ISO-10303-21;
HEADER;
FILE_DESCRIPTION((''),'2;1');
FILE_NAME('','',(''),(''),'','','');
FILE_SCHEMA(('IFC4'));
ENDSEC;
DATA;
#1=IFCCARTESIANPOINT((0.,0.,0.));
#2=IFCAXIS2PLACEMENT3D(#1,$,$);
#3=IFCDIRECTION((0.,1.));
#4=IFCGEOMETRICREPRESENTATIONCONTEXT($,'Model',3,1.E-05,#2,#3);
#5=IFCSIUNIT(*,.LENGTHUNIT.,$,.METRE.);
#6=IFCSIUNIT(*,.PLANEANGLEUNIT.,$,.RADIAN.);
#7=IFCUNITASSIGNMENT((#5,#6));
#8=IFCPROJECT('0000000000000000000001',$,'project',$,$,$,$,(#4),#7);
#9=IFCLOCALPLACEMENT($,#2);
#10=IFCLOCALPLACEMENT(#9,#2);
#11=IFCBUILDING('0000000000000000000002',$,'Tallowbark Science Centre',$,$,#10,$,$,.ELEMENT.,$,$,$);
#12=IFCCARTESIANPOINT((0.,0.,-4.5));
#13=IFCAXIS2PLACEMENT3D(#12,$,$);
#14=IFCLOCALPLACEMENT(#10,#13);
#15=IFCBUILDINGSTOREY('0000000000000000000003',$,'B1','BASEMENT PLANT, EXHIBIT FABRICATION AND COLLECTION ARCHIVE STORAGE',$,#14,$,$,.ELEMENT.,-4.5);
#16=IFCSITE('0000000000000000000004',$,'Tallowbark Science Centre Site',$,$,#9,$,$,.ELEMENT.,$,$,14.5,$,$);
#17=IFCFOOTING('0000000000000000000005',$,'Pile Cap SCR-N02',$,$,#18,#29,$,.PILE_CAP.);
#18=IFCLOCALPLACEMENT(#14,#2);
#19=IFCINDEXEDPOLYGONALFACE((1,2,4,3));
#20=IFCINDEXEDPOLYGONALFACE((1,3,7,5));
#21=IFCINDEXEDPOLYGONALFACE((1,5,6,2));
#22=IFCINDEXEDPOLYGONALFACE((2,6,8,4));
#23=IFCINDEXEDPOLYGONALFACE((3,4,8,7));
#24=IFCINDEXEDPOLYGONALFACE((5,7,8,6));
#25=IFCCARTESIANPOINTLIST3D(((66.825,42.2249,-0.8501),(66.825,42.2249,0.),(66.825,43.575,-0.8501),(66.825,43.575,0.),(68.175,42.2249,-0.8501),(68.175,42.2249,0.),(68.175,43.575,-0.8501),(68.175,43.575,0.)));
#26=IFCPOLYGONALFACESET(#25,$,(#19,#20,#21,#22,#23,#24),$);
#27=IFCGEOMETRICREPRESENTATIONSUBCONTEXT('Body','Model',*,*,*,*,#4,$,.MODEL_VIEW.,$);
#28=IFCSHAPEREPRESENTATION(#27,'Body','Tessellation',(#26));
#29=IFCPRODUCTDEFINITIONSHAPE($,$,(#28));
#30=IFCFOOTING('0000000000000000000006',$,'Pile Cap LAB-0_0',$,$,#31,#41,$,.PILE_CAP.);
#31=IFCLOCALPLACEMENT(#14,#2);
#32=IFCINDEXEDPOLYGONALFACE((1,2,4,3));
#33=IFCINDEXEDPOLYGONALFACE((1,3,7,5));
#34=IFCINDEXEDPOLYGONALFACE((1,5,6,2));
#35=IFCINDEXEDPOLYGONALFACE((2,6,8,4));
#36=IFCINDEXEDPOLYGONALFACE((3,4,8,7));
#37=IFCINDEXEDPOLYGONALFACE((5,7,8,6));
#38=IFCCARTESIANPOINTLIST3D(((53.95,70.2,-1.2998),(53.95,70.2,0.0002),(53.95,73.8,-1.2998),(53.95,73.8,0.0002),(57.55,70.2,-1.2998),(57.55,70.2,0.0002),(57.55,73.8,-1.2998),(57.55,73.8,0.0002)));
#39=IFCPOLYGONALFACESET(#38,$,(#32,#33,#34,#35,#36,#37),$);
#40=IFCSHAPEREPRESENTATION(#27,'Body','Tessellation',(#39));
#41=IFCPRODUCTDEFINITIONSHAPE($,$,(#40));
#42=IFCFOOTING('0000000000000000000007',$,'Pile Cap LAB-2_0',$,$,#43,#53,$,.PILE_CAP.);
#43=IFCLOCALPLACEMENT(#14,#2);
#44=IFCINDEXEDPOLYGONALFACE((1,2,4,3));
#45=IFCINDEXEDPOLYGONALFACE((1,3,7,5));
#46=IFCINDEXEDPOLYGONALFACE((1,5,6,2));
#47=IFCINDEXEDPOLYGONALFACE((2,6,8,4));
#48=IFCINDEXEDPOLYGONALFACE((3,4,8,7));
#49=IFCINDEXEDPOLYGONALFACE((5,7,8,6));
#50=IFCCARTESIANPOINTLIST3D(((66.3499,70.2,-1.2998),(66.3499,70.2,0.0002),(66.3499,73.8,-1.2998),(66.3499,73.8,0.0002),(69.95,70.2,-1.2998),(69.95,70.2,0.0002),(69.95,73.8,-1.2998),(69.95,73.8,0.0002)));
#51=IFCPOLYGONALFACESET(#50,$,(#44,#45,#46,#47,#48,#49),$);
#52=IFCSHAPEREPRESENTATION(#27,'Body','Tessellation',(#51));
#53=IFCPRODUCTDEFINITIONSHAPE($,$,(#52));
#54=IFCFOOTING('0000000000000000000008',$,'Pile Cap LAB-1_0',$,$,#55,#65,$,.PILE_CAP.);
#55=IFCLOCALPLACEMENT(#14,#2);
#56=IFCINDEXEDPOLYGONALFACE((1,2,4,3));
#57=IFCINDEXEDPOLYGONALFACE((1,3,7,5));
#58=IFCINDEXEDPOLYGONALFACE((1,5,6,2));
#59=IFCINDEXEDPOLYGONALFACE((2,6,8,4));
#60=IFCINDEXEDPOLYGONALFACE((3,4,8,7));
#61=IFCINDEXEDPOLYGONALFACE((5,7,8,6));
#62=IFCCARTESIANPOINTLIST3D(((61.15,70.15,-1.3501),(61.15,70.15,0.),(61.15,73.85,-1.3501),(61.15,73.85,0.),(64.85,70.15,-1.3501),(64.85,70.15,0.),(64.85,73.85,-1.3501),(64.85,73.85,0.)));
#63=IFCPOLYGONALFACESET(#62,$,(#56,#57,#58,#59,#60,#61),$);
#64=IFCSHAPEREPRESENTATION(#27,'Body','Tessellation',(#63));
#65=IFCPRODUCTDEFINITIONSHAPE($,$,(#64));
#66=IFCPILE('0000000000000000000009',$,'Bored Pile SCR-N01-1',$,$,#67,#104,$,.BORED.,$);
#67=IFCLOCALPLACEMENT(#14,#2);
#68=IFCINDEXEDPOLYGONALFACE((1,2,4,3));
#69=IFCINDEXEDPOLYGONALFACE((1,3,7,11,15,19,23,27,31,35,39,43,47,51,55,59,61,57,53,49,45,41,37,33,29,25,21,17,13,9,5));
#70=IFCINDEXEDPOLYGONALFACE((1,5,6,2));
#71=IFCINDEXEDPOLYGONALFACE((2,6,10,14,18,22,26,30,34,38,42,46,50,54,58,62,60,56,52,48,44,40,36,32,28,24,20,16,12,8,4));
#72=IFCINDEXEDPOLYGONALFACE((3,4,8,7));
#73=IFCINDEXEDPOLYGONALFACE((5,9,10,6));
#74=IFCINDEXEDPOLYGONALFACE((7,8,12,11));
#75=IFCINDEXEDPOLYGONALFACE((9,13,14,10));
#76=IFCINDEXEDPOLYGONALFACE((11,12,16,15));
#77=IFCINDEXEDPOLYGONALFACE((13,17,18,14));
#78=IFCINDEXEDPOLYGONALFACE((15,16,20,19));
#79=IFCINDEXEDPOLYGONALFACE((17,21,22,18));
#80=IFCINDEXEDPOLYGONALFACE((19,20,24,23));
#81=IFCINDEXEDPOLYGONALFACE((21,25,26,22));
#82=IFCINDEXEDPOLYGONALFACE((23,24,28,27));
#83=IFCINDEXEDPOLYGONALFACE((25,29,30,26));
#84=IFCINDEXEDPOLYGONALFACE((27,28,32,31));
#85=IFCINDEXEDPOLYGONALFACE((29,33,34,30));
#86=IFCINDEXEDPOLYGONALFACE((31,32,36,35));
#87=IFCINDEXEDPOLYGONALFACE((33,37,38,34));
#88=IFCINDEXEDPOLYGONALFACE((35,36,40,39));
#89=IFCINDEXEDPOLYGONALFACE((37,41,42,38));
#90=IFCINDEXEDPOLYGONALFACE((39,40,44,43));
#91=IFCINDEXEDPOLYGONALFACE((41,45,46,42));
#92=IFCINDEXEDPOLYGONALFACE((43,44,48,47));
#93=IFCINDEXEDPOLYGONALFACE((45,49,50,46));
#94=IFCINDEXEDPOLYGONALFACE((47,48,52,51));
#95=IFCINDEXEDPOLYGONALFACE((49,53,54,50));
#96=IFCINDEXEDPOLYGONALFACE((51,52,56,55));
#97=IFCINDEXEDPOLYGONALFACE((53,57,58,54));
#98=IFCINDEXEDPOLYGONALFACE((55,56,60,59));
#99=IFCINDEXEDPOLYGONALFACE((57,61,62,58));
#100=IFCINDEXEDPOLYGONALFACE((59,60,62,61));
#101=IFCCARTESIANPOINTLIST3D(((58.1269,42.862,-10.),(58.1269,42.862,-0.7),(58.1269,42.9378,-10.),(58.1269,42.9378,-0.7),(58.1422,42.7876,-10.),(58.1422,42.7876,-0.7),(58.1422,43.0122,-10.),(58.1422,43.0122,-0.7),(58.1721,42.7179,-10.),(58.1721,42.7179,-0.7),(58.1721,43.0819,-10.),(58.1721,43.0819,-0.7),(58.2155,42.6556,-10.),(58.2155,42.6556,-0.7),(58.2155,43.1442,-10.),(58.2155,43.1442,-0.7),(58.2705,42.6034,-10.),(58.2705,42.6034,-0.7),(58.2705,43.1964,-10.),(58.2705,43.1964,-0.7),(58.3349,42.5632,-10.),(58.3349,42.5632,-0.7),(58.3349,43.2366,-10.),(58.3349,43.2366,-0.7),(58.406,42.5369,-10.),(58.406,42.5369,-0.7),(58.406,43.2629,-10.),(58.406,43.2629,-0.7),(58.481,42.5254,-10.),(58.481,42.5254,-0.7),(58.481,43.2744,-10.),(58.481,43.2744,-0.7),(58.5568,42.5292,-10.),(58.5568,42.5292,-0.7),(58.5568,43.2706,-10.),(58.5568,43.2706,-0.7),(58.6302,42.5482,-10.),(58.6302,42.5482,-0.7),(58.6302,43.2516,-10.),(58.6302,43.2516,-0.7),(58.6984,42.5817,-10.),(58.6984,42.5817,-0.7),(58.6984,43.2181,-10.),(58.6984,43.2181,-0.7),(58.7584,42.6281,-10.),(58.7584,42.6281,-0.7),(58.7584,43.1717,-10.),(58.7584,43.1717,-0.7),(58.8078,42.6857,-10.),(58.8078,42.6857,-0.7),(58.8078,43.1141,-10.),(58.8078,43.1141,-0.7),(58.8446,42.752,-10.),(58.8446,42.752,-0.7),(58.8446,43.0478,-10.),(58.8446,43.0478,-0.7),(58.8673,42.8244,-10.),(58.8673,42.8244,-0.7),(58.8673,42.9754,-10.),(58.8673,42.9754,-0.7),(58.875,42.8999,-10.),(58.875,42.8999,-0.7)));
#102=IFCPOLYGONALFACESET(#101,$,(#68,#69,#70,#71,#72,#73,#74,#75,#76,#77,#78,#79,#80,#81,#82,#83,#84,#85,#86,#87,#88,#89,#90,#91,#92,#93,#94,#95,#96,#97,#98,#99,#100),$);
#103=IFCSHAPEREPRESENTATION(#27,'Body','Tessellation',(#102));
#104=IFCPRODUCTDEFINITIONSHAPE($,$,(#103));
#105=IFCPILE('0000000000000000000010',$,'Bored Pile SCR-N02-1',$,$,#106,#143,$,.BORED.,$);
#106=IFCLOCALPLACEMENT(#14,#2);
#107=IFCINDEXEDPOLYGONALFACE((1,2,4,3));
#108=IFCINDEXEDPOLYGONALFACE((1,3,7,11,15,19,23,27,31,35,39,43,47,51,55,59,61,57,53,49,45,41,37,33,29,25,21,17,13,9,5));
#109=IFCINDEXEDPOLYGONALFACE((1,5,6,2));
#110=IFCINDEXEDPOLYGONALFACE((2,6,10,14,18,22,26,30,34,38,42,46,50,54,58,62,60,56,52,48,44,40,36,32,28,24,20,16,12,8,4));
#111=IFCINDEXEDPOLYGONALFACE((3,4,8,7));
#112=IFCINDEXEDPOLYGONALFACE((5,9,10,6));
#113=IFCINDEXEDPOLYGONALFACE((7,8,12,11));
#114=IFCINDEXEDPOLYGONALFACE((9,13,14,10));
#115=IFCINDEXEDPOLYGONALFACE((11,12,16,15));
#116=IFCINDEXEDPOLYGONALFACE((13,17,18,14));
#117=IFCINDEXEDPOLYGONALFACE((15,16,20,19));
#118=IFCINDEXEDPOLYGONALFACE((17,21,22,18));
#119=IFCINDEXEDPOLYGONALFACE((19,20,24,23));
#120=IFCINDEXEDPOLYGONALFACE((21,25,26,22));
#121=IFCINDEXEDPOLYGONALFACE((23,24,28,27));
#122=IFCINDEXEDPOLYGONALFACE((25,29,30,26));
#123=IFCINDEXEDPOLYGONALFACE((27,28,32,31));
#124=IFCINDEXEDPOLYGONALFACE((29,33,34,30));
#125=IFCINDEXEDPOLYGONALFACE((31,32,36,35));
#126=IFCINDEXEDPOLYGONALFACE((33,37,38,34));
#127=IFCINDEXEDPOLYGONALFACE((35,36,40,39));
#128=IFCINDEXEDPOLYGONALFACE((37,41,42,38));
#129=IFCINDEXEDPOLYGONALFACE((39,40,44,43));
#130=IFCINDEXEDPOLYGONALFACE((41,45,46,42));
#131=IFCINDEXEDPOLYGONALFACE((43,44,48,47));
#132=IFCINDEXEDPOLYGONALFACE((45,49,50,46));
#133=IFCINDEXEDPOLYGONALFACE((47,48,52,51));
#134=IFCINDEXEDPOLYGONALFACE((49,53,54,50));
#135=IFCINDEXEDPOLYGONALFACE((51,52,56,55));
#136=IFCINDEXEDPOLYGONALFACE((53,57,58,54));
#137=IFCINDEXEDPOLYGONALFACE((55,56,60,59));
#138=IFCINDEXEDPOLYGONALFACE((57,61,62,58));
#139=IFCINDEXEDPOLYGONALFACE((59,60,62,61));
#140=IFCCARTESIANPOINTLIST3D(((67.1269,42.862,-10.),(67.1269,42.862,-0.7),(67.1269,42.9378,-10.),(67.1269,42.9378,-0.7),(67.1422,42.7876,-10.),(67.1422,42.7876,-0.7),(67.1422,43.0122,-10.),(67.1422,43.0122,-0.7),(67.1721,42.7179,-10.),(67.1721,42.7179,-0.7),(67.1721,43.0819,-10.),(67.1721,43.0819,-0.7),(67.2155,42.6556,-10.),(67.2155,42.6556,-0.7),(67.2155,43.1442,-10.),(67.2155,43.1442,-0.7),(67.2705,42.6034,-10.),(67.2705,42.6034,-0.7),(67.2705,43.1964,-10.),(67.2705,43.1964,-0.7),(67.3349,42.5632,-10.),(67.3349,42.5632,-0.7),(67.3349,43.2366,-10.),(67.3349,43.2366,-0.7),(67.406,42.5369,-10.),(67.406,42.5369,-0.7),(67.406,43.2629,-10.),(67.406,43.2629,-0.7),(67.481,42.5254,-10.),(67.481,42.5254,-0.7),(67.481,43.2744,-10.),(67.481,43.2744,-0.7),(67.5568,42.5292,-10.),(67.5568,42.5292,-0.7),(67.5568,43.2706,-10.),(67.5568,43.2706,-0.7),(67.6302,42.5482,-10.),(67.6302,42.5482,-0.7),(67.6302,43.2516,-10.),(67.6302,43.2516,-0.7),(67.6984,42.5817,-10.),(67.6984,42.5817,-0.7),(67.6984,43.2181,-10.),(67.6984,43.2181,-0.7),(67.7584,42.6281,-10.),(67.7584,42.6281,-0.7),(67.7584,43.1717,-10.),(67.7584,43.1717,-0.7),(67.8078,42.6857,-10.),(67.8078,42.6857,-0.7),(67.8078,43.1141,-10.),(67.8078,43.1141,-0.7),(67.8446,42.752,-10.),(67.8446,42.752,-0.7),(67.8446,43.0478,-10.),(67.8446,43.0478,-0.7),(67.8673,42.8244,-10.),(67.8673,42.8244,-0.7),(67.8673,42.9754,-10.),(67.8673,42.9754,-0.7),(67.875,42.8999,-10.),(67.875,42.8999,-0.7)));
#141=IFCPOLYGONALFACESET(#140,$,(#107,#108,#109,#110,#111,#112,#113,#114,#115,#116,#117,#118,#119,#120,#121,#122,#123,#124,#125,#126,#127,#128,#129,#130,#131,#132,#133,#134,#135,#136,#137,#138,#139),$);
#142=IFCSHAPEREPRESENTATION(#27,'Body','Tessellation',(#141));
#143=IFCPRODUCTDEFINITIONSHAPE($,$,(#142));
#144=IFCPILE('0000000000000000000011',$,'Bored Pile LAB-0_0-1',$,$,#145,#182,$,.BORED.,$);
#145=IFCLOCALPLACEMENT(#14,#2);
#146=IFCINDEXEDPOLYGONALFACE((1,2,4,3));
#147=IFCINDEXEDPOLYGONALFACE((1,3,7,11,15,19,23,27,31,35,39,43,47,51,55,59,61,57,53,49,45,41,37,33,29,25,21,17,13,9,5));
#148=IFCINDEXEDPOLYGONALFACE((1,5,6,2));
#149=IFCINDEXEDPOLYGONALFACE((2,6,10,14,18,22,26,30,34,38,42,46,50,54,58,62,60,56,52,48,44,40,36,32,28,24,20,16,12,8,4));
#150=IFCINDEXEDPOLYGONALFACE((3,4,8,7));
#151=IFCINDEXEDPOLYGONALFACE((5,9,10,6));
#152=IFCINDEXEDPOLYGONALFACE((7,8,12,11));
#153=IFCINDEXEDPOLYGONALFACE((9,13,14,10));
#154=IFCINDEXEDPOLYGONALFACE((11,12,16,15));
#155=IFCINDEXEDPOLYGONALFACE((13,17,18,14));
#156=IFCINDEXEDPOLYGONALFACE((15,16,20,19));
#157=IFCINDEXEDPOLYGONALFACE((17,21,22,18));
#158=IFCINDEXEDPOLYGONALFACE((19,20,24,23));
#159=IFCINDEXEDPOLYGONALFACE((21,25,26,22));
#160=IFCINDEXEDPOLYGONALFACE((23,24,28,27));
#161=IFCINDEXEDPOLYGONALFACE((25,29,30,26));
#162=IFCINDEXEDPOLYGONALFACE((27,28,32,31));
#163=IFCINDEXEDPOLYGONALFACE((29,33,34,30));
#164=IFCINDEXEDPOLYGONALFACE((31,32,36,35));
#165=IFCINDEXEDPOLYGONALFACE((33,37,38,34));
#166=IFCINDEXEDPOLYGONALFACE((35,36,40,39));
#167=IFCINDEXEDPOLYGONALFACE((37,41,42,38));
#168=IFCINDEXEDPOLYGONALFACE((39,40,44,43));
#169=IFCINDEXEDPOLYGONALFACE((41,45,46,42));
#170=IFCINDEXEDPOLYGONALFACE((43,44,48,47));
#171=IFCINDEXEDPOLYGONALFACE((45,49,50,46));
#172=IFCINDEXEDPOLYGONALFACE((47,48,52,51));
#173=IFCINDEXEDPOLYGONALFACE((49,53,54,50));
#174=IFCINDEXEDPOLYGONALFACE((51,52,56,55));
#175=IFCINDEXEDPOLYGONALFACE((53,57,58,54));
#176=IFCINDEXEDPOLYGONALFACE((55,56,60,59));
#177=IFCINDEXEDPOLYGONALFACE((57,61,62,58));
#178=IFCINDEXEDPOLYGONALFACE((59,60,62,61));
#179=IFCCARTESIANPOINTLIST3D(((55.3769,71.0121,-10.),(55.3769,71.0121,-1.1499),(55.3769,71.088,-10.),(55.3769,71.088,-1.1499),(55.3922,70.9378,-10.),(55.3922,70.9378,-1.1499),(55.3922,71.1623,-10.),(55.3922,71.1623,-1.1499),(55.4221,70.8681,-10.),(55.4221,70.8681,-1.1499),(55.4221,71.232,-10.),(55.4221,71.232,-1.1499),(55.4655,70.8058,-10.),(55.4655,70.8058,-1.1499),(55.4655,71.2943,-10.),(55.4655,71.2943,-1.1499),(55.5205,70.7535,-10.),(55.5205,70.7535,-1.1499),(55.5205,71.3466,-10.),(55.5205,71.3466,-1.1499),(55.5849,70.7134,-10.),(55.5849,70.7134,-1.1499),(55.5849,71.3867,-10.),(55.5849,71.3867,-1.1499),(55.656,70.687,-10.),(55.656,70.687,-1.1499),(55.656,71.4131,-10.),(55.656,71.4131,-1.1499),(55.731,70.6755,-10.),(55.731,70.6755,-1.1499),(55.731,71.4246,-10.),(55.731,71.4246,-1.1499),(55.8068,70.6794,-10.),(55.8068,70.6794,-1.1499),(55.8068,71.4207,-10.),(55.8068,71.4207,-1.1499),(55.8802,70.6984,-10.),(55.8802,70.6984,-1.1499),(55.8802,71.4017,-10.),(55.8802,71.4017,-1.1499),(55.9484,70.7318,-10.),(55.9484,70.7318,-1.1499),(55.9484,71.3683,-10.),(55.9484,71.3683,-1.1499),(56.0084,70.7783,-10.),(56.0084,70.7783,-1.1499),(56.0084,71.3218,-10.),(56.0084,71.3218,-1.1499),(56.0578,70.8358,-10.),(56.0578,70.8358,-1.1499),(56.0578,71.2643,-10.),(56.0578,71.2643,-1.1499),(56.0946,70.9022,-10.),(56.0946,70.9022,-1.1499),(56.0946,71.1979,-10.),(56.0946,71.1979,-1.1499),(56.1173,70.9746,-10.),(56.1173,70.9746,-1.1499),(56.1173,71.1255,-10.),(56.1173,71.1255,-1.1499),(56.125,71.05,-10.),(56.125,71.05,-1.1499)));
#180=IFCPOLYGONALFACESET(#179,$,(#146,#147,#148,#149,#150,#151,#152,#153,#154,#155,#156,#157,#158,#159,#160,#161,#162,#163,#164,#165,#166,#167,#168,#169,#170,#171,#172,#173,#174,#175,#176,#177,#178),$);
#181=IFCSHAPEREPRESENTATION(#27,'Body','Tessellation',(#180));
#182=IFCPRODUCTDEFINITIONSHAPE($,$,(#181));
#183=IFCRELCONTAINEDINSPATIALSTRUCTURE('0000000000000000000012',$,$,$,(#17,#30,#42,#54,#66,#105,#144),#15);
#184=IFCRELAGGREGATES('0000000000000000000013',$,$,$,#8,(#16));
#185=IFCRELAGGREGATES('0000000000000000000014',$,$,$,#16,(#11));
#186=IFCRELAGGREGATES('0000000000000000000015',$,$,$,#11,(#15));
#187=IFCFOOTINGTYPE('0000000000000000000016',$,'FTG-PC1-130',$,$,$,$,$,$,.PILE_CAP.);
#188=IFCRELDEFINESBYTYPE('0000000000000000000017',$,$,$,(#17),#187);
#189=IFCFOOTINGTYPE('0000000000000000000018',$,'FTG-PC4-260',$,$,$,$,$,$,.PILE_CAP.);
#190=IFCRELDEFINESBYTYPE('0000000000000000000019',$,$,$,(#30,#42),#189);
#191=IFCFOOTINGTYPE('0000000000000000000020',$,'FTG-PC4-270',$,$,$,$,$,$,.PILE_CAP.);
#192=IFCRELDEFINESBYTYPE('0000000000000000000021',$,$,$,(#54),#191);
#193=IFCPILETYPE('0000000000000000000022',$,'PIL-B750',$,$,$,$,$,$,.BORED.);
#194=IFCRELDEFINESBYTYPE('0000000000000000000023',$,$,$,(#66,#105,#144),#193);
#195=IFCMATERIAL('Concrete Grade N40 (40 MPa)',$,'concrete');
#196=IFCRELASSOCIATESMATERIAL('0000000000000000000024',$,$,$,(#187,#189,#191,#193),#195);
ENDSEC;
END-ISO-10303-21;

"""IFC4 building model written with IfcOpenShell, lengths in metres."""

from ifc_helpers import new_model, si_unit, direction, frame, origin, origin_2d, place, context, subcontext, project, spatial, rectangle, circle, extrude, material, material_profile, profile_set, type_object, element, save


model = new_model("IFC4")

# Units and contexts
model_context = context("Model", 3, precision=1e-05, world=origin(), true_north=direction((0.0, 1.0)))
body_context = subcontext(model_context, "Body", "Model", "MODEL_VIEW")
ifc_project = project(units=[si_unit("LENGTHUNIT", "METRE"), si_unit("PLANEANGLEUNIT", "RADIAN")], contexts=[model_context])

# Site, building, storey
site_placement = place(None, origin())
site = spatial("IfcSite", under=ifc_project, at=site_placement, Name="Tallowbark Science Centre Site", CompositionType="ELEMENT", RefElevation=14.5)
building_placement = place(site_placement, origin())
building = spatial("IfcBuilding", under=site, at=building_placement, Name="Tallowbark Science Centre", CompositionType="ELEMENT")
storey_placement = place(building_placement, frame((0.0, 0.0, -4.5)))
storey = spatial("IfcBuildingStorey", under=building, at=storey_placement, Name="B1", Description="BASEMENT PLANT, EXHIBIT FABRICATION AND COLLECTION ARCHIVE STORAGE", CompositionType="ELEMENT", Elevation=-4.5)

# Footings
ifc_material_1 = material(Name="Concrete Grade N40 (40 MPa)", Category="concrete")
footing_type_1 = type_object("IfcFootingType", Name="FTG-PC1-130", PredefinedType="PILE_CAP", material=ifc_material_1)
footing_1_placement = place(storey_placement, frame((67.5, 42.8999, -0.8501), z_axis=(0.0, 0.0, 1.0), x_axis=(1.0, 0.0, 0.0)))
element("IfcFooting", 1, at=footing_1_placement, inside=storey, type_object=footing_type_1, Name="Pile Cap SCR-N02", PredefinedType="PILE_CAP", context=body_context, shape_type="SweptSolid", body=[
    extrude(rectangle(XDim=1.3501, YDim=1.3501, at=origin_2d()), origin(), (0.0, 0.0, 1.0), 0.8501),
])
footing_type_2 = type_object("IfcFootingType", Name="FTG-PC4-260", PredefinedType="PILE_CAP", material=ifc_material_1)
for number, where, z_axis, x_axis, name in (
    (2, (55.75, 72.0, -1.2998), (0.0, 0.0, 1.0), (1.0, 0.0, 0.0), "Pile Cap LAB-0_0"),
    (3, (68.1499, 72.0, -1.2998), (0.0, 0.0, 1.0), (1.0, 0.0, 0.0), "Pile Cap LAB-2_0"),
):
    element("IfcFooting", number, at=place(storey_placement, frame(where, z_axis=z_axis, x_axis=x_axis)), inside=storey, type_object=footing_type_2, Name=name, PredefinedType="PILE_CAP", context=body_context, shape_type="SweptSolid", body=[
        extrude(rectangle(XDim=3.6001, YDim=3.6001, at=origin_2d()), origin(), (0.0, 0.0, 1.0), 1.3),
    ])
footing_type_3 = type_object("IfcFootingType", Name="FTG-PC4-270", PredefinedType="PILE_CAP", material=ifc_material_1)
footing_2_placement = place(storey_placement, frame((63.0, 72.0, -1.3501), z_axis=(0.0, 0.0, 1.0), x_axis=(1.0, 0.0, 0.0)))
element("IfcFooting", 4, at=footing_2_placement, inside=storey, type_object=footing_type_3, Name="Pile Cap LAB-1_0", PredefinedType="PILE_CAP", context=body_context, shape_type="SweptSolid", body=[
    extrude(rectangle(XDim=3.7, YDim=3.7, at=origin_2d()), origin(), (0.0, 0.0, 1.0), 1.3501),
])

# Piles
ifc_material_profile_1 = material_profile(ifc_material_1, circle(Radius=0.375, at=origin_2d()), Name="PILE750")
ifc_profile_set_1 = profile_set([ifc_material_profile_1], Name="Concrete Grade N40 (40 MPa)")
pile_type_1 = type_object("IfcPileType", Name="PIL-B750", PredefinedType="BORED", material=ifc_profile_set_1)
for number, where, z_axis, x_axis, name in (
    (5, (58.5, 42.8999, -0.7), (0.0, 0.0, -1.0), (1.0, 0.0, 0.0), "Bored Pile SCR-N01-1"),
    (6, (67.5, 42.8999, -0.7), (0.0, 0.0, -1.0), (1.0, 0.0, 0.0), "Bored Pile SCR-N02-1"),
):
    element("IfcPile", number, at=place(storey_placement, frame(where, z_axis=z_axis, x_axis=x_axis)), inside=storey, type_object=pile_type_1, Name=name, PredefinedType="BORED", context=body_context, shape_type="SweptSolid", body=[
        extrude(circle(Radius=0.375, at=origin_2d()), origin(), (0.0, 0.0, 1.0), 9.3),
    ])
pile_1_placement = place(storey_placement, frame((55.75, 71.05, -1.1499), z_axis=(0.0, 0.0, -1.0), x_axis=(1.0, 0.0, 0.0)))
element("IfcPile", 7, at=pile_1_placement, inside=storey, type_object=pile_type_1, Name="Bored Pile LAB-0_0-1", PredefinedType="BORED", context=body_context, shape_type="SweptSolid", body=[
    extrude(circle(Radius=0.375, at=origin_2d()), origin(), (0.0, 0.0, 1.0), 8.8501),
])

save(model, "model.ifc")
